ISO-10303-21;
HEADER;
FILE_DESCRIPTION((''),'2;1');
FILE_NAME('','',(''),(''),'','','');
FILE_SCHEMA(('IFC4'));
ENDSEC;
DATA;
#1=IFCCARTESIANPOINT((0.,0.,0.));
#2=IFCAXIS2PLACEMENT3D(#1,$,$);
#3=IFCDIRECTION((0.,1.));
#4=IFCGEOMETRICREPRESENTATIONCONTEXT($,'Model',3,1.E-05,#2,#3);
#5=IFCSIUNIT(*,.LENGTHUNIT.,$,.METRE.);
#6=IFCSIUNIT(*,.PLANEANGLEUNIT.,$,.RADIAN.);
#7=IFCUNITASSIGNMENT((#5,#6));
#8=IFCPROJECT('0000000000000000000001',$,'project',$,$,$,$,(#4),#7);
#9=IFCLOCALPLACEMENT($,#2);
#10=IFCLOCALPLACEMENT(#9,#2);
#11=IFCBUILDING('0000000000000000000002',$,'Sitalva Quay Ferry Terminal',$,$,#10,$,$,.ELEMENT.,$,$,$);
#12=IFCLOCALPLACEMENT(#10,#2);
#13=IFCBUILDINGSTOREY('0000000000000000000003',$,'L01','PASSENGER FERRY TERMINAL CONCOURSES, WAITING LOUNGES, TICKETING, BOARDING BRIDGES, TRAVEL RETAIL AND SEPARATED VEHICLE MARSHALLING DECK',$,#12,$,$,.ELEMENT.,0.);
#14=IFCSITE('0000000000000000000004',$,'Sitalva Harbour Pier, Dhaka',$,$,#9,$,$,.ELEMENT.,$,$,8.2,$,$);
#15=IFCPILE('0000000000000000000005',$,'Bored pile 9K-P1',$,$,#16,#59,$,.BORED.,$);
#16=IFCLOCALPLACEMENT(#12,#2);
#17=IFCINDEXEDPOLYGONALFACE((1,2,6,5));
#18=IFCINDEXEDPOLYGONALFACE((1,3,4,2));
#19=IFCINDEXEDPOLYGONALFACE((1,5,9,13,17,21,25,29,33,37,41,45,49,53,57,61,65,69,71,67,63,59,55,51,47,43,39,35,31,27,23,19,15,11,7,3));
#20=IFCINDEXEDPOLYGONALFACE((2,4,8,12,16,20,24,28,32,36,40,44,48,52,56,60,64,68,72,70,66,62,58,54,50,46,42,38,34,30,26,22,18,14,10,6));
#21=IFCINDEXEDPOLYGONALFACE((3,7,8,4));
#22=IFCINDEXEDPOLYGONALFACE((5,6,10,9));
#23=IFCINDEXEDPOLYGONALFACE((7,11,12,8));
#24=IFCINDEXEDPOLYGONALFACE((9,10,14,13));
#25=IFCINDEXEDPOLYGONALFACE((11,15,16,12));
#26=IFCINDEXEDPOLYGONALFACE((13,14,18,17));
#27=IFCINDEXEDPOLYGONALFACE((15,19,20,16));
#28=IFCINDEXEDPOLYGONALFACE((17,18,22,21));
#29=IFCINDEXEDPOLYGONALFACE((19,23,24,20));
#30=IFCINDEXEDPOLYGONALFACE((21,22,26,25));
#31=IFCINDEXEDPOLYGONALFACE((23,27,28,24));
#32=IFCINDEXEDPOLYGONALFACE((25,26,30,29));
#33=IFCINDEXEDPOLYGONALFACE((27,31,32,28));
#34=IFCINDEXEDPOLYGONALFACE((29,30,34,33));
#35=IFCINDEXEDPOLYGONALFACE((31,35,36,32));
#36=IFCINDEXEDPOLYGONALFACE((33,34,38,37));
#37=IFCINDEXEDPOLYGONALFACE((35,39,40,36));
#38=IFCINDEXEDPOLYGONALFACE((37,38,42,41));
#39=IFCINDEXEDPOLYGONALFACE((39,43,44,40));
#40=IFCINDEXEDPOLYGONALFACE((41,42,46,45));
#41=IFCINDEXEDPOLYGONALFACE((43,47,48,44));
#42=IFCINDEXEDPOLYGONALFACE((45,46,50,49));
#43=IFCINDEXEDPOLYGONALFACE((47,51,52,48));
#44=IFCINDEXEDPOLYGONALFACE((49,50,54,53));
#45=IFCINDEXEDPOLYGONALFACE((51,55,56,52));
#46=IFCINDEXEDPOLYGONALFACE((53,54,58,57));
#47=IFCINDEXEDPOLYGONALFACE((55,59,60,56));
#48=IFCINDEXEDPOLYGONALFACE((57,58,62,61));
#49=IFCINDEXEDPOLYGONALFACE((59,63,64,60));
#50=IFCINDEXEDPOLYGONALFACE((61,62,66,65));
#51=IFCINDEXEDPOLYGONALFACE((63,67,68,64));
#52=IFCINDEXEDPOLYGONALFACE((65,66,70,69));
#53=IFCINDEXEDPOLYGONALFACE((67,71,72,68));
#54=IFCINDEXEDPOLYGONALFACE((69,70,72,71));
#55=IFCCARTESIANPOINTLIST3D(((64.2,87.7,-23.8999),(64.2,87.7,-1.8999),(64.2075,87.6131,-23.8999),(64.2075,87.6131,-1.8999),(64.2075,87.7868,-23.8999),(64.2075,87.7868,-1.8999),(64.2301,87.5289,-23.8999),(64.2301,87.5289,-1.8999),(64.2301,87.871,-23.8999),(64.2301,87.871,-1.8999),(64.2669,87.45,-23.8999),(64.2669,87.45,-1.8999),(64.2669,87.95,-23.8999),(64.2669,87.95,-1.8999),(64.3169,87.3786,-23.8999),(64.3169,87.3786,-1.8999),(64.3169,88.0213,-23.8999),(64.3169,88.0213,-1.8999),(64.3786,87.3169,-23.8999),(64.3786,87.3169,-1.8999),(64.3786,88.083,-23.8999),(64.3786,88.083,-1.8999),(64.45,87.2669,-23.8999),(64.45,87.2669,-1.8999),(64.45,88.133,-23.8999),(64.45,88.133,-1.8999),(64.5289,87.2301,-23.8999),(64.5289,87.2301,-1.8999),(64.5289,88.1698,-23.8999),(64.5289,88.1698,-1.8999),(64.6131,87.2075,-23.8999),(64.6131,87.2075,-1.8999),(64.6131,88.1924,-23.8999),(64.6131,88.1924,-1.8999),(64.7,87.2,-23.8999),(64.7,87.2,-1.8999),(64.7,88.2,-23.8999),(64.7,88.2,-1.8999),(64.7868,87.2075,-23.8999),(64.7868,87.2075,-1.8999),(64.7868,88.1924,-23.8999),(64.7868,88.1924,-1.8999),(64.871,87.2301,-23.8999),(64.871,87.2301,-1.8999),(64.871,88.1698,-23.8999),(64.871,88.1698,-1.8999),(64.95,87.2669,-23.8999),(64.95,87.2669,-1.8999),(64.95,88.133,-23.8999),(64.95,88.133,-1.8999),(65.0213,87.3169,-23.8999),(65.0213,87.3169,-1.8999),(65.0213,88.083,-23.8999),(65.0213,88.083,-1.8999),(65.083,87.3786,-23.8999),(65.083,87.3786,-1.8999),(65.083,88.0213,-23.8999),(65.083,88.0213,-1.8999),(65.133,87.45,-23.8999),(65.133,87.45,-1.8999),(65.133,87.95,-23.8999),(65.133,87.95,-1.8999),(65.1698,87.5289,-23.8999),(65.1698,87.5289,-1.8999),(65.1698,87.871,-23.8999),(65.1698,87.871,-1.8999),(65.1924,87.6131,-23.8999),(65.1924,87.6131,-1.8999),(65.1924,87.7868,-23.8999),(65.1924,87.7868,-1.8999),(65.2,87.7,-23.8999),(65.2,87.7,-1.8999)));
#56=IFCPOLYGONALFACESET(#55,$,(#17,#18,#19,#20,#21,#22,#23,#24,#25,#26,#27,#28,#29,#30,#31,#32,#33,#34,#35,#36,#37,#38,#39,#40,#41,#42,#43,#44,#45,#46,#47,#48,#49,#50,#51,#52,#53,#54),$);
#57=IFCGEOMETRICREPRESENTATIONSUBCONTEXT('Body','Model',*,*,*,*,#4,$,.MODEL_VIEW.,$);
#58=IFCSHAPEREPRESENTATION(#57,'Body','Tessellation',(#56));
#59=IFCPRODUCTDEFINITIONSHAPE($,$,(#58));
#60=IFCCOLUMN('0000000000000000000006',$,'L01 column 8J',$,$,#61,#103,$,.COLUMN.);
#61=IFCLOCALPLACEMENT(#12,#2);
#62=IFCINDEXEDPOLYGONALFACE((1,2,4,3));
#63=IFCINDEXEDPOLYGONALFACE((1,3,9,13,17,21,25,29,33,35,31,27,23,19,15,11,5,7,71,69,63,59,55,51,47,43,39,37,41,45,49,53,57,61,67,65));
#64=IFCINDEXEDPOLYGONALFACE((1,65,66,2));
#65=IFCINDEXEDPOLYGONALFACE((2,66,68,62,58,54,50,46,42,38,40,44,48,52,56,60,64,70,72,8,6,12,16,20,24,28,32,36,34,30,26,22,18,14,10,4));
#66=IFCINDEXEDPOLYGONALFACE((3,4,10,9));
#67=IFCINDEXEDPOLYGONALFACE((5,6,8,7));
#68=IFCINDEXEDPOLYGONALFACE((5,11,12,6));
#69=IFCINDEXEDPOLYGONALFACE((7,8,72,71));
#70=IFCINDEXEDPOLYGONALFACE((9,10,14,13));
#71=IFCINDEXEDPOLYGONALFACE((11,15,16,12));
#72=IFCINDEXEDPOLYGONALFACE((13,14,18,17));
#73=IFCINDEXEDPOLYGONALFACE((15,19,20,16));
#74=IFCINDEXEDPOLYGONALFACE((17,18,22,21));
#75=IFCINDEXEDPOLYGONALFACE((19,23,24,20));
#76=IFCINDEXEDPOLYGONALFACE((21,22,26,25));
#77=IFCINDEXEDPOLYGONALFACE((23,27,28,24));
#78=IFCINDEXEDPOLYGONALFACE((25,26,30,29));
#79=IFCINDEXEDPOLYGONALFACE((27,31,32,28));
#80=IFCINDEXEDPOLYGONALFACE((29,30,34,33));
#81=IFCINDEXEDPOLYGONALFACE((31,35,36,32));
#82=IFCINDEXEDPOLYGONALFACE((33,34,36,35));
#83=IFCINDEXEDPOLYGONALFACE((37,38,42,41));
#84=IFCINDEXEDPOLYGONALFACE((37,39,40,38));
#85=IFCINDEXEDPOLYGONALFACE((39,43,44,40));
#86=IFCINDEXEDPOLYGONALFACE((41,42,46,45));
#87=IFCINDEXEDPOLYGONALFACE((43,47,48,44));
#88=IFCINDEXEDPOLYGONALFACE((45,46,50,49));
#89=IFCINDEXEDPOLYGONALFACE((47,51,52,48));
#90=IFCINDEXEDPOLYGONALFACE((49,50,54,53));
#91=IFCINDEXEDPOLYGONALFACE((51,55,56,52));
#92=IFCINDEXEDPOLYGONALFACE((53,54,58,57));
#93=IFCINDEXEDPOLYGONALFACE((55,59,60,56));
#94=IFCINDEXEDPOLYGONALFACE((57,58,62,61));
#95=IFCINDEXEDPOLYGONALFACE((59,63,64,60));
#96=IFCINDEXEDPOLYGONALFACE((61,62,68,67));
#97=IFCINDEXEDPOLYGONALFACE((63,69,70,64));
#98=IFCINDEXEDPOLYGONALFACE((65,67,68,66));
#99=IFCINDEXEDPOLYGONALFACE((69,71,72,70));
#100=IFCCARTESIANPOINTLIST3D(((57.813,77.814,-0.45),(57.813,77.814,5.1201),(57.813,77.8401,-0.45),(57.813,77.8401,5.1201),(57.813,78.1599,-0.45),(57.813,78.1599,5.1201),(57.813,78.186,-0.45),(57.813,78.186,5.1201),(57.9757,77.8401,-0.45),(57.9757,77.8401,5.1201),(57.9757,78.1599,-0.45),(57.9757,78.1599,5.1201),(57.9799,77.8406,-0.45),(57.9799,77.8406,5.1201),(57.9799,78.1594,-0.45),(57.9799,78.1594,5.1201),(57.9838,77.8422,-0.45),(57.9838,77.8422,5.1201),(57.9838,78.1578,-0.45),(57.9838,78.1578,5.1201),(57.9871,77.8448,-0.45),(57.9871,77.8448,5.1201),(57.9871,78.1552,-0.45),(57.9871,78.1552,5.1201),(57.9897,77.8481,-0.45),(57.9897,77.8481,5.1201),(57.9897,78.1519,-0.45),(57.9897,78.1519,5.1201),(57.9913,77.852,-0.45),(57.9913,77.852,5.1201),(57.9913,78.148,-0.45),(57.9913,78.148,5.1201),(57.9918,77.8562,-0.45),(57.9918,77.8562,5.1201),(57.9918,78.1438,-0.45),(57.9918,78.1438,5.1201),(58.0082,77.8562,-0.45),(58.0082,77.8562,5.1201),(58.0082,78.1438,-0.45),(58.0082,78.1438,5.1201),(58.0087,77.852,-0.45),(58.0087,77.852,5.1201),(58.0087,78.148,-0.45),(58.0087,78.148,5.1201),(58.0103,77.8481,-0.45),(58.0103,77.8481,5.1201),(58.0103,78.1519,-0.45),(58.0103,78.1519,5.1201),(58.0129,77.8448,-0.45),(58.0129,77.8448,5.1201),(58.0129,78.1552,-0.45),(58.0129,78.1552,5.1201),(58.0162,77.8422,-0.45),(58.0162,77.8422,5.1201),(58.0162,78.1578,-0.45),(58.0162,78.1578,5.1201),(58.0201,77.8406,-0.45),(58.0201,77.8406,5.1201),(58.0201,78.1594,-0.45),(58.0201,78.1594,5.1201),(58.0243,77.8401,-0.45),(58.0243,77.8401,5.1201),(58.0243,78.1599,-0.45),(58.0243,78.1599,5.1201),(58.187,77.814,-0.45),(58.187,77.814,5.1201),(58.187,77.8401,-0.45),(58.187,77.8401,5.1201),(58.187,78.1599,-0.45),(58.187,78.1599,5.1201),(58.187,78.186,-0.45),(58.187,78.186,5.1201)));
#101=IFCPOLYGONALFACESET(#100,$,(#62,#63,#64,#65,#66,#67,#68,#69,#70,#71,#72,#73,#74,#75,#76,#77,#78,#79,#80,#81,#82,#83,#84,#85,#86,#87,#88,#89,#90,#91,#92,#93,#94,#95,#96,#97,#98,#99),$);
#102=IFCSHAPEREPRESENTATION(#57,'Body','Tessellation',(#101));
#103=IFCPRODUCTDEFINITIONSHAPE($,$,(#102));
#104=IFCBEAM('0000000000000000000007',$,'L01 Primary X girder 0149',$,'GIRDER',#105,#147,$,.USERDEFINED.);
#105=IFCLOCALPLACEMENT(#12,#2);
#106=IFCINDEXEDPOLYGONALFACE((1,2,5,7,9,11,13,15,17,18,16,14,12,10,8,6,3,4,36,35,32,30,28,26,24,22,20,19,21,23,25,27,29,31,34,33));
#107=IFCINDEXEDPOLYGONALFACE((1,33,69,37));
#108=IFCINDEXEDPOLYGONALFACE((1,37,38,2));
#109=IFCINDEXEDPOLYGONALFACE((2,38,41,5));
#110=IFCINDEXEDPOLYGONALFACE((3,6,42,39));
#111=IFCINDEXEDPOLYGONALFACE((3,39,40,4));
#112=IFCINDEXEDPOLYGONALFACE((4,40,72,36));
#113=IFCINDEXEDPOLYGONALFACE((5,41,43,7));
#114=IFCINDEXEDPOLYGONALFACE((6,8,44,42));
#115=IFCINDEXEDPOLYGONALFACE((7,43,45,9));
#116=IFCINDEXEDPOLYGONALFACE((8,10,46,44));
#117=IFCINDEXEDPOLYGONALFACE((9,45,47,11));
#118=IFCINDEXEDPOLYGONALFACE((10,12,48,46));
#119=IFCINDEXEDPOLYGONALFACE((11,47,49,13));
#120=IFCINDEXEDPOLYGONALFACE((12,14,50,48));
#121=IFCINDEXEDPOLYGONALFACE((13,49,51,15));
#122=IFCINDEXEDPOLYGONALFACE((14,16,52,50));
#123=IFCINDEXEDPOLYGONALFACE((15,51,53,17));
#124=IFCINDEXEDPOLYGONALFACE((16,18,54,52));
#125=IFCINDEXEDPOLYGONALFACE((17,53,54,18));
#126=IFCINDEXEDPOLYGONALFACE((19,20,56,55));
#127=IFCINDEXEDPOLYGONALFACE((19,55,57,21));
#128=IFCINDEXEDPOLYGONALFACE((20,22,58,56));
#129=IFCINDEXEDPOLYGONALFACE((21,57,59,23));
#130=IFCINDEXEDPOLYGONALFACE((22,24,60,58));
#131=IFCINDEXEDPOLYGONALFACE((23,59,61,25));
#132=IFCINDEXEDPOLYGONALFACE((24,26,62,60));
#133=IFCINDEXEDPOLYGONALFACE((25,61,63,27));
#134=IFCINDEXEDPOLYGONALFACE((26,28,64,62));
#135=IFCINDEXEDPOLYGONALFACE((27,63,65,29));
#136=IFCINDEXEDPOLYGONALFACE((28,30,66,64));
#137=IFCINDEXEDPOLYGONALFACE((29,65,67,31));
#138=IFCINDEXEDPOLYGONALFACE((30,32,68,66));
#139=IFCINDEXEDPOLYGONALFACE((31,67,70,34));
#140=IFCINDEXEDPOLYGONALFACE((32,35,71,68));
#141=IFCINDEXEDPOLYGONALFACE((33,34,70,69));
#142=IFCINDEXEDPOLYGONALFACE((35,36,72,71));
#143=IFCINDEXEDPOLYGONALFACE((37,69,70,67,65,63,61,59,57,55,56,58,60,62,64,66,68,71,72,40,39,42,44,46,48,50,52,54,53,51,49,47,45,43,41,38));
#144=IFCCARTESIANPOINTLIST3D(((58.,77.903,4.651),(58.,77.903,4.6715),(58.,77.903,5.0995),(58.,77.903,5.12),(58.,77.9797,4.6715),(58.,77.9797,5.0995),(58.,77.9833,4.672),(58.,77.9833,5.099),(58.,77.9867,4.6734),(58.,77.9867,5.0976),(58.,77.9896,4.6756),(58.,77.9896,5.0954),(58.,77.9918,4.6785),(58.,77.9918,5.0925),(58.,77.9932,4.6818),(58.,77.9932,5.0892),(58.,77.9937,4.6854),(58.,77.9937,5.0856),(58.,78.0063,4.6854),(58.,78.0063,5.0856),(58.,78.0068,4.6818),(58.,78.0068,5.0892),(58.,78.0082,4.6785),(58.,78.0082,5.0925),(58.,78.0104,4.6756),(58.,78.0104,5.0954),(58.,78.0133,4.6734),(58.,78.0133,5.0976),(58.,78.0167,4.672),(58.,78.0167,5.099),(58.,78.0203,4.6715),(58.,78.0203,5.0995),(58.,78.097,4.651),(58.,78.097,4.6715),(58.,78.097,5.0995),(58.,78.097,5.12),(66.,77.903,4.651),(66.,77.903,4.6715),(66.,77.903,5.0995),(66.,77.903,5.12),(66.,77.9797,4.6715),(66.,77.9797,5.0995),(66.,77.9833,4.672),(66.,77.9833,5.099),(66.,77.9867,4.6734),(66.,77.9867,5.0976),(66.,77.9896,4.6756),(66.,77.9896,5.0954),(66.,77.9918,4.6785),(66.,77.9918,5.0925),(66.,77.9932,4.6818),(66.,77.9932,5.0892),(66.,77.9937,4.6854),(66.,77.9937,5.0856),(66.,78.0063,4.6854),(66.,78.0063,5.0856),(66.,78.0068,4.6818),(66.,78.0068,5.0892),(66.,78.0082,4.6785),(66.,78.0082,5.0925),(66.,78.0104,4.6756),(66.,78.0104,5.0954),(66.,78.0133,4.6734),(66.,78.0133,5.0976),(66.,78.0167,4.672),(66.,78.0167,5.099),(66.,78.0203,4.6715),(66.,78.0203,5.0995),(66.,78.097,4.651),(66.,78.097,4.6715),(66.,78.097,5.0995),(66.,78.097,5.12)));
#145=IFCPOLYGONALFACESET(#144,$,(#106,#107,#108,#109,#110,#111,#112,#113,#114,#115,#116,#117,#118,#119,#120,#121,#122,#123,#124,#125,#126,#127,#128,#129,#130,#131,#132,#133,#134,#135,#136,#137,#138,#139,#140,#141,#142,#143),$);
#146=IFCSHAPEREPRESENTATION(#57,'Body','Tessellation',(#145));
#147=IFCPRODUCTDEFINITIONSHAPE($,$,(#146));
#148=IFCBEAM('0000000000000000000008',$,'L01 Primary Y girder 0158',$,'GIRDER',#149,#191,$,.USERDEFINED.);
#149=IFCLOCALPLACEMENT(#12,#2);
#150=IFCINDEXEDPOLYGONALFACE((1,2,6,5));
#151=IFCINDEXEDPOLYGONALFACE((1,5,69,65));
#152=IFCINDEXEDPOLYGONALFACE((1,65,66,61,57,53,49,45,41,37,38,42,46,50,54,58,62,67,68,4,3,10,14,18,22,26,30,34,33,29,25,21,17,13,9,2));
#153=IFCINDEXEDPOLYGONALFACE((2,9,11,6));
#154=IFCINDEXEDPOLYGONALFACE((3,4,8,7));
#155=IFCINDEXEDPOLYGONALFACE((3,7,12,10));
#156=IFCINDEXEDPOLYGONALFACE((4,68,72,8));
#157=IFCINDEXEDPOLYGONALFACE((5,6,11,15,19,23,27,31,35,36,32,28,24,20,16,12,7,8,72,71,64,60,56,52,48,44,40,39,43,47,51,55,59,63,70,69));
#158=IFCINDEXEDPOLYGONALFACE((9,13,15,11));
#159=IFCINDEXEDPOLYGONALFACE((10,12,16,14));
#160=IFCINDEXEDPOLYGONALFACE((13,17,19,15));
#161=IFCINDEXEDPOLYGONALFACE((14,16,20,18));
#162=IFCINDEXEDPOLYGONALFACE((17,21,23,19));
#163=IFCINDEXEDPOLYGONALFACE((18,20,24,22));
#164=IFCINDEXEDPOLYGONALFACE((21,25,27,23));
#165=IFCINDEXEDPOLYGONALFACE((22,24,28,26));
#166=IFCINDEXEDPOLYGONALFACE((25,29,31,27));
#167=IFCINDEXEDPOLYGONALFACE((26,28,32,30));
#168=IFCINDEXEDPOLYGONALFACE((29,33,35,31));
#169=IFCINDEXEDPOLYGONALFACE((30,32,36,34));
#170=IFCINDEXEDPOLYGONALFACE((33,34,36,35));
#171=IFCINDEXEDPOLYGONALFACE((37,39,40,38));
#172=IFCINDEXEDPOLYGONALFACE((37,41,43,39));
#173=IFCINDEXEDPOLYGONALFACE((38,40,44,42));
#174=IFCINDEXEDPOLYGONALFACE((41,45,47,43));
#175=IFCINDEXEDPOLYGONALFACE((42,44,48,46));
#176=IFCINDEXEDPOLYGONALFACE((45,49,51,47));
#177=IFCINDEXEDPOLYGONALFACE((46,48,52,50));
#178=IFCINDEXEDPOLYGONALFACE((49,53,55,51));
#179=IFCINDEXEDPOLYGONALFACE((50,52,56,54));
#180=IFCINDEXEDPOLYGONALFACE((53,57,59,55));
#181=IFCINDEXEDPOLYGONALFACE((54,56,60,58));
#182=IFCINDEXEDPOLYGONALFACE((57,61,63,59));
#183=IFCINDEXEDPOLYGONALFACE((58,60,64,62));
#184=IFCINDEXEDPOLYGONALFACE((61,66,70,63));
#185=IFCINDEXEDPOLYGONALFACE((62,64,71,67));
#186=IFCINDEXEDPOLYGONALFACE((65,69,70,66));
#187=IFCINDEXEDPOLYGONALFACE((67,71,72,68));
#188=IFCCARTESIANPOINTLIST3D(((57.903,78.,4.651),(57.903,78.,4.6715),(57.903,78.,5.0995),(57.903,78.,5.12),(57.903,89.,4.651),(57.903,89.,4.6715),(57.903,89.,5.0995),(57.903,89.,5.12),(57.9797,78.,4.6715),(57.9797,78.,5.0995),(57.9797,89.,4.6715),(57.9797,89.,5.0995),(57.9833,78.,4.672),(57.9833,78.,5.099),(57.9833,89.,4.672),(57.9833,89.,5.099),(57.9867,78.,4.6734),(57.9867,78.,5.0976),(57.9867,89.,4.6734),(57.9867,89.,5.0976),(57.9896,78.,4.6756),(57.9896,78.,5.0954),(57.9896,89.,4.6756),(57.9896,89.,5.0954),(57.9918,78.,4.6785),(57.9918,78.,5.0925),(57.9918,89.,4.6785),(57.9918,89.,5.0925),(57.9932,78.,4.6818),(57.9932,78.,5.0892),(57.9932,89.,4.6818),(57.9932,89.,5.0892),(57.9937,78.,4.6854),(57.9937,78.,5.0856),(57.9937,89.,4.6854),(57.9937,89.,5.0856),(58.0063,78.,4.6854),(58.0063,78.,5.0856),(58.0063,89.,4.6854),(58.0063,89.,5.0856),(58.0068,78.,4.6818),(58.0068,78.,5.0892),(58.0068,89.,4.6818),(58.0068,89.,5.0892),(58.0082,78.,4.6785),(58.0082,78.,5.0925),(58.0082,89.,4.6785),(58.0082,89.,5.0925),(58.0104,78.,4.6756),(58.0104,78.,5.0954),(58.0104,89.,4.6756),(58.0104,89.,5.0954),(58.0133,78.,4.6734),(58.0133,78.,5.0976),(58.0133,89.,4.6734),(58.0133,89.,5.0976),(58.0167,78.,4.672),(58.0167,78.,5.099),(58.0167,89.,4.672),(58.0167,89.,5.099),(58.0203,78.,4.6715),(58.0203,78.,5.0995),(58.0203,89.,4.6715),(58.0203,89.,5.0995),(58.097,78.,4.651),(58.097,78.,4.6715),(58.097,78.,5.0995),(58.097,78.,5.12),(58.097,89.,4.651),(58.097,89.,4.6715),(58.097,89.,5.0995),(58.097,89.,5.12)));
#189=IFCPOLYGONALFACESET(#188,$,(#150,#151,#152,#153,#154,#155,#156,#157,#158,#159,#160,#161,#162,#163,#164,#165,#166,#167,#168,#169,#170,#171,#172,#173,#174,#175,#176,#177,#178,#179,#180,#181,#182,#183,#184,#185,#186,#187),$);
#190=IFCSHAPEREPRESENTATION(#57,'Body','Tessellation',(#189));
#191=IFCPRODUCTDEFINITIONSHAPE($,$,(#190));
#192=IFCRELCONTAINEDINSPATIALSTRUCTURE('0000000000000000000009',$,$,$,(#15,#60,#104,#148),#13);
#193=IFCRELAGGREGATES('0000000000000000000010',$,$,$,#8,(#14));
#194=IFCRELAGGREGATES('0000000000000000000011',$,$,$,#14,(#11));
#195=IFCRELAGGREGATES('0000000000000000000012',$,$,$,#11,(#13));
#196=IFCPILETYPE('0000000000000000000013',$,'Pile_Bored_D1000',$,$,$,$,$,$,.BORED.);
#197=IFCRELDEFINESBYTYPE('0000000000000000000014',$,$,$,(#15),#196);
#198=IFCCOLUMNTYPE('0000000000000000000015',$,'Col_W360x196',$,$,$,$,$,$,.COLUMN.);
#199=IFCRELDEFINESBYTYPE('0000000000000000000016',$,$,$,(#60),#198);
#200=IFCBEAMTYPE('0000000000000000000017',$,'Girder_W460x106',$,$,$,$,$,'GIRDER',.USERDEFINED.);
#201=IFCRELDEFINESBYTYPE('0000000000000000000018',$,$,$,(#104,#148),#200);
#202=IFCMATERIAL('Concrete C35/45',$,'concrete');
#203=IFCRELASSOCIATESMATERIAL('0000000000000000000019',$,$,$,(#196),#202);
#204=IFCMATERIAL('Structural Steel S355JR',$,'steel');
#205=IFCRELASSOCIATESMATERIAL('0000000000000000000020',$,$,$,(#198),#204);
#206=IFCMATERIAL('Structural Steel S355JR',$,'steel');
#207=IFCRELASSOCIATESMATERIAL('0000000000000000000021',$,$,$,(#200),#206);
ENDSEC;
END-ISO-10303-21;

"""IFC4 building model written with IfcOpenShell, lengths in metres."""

from ifc_helpers import new_model, si_unit, direction, frame, origin, origin_2d, place, context, subcontext, project, spatial, circle, i_section, extrude, material, material_profile, profile_set, type_object, element, save


model = new_model("IFC4")

# Units and contexts
model_context = context("Model", 3, precision=1e-05, world=origin(), true_north=direction((0.0, 1.0)))
body_context = subcontext(model_context, "Body", "Model", "MODEL_VIEW")
ifc_project = project(units=[si_unit("LENGTHUNIT", "METRE"), si_unit("PLANEANGLEUNIT", "RADIAN")], contexts=[model_context])

# Site, building, storey
site_placement = place(None, origin())
site = spatial("IfcSite", under=ifc_project, at=site_placement, Name="Sitalva Harbour Pier, Dhaka", CompositionType="ELEMENT", RefElevation=8.2)
building_placement = place(site_placement, origin())
building = spatial("IfcBuilding", under=site, at=building_placement, Name="Sitalva Quay Ferry Terminal", CompositionType="ELEMENT")
storey_placement = place(building_placement, origin())
storey = spatial("IfcBuildingStorey", under=building, at=storey_placement, Name="L01", Description="PASSENGER FERRY TERMINAL CONCOURSES, WAITING LOUNGES, TICKETING, BOARDING BRIDGES, TRAVEL RETAIL AND SEPARATED VEHICLE MARSHALLING DECK", CompositionType="ELEMENT", Elevation=0.0)

# Pile
ifc_material_1 = material(Name="Concrete C35/45", Category="concrete")
ifc_material_profile_1 = material_profile(ifc_material_1, circle(Radius=0.5, at=origin_2d()), Name="PILE-D1000")
ifc_profile_set_1 = profile_set([ifc_material_profile_1], Name="Concrete C35/45")
pile_type = type_object("IfcPileType", Name="Pile_Bored_D1000", PredefinedType="BORED", material=ifc_profile_set_1)
for number, where, z_axis, x_axis, name in (
    (1, (64.7, 87.7, -1.8999), (0.0, 0.0, -1.0), (1.0, 0.0, 0.0), "Bored pile 9K-P1"),
):
    element("IfcPile", number, at=place(storey_placement, frame(where, z_axis=z_axis, x_axis=x_axis)), inside=storey, type_object=pile_type, Name=name, PredefinedType="BORED", context=body_context, shape_type="SweptSolid", body=[
        extrude(circle(Radius=0.5, at=origin_2d()), origin(), (0.0, 0.0, 1.0), 22.0),
    ])

# Column
ifc_material_2 = material(Name="Structural Steel S355JR", Category="steel")
ifc_material_profile_2 = material_profile(ifc_material_2, i_section(OverallWidth=0.374, OverallDepth=0.3721, WebThickness=0.0164, FlangeThickness=0.0261, FilletRadius=0.0161, at=origin_2d()), Name="W360x196")
ifc_profile_set_2 = profile_set([ifc_material_profile_2], Name="Structural Steel S355JR")
column_type = type_object("IfcColumnType", Name="Col_W360x196", PredefinedType="COLUMN", material=ifc_profile_set_2)
column_placement = place(storey_placement, frame((58.0, 78.0, -0.45), z_axis=(0.0, 0.0, 1.0), x_axis=(1.0, 0.0, 0.0)))
element("IfcColumn", 2, at=column_placement, inside=storey, type_object=column_type, Name="L01 column 8J", PredefinedType="COLUMN", context=body_context, shape_type="SweptSolid", body=[
    extrude(i_section(OverallWidth=0.374, OverallDepth=0.3721, WebThickness=0.0164, FlangeThickness=0.0261, FilletRadius=0.0161, at=origin_2d()), origin(), (0.0, 0.0, 1.0), 5.5701),
])

# Beams
ifc_material_3 = material(Name="Structural Steel S355JR", Category="steel")
ifc_material_profile_3 = material_profile(ifc_material_3, i_section(OverallWidth=0.1941, OverallDepth=0.469, WebThickness=0.0127, FlangeThickness=0.0205, FilletRadius=0.0139, at=origin_2d()), Name="W460x106")
ifc_profile_set_3 = profile_set([ifc_material_profile_3], Name="Structural Steel S355JR")
beam_type_1 = type_object("IfcBeamType", Name="Girder_W460x106", ElementType="GIRDER", PredefinedType="USERDEFINED", material=ifc_profile_set_3)
beam_1_placement = place(storey_placement, frame((58.0, 78.0, 4.8855), z_axis=(1.0, 0.0, 0.0), x_axis=(0.0, 1.0, 0.0)))
element("IfcBeam", 3, at=beam_1_placement, inside=storey, type_object=beam_type_1, Name="L01 Primary X girder 0149", ObjectType="GIRDER", PredefinedType="USERDEFINED", context=body_context, shape_type="SweptSolid", body=[
    extrude(i_section(OverallWidth=0.1941, OverallDepth=0.469, WebThickness=0.0127, FlangeThickness=0.0205, FilletRadius=0.0139, at=origin_2d()), origin(), (0.0, 0.0, 1.0), 8.0),
])
beam_2_placement = place(storey_placement, frame((58.0, 78.0, 4.8855), z_axis=(0.0, 1.0, 0.0), x_axis=(-1.0, 0.0, 0.0)))
element("IfcBeam", 4, at=beam_2_placement, inside=storey, type_object=beam_type_1, Name="L01 Primary Y girder 0158", ObjectType="GIRDER", PredefinedType="USERDEFINED", context=body_context, shape_type="SweptSolid", body=[
    extrude(i_section(OverallWidth=0.1941, OverallDepth=0.469, WebThickness=0.0127, FlangeThickness=0.0205, FilletRadius=0.0139, at=origin_2d()), origin(), (0.0, 0.0, 1.0), 11.0),
])

save(model, "model.ifc")
